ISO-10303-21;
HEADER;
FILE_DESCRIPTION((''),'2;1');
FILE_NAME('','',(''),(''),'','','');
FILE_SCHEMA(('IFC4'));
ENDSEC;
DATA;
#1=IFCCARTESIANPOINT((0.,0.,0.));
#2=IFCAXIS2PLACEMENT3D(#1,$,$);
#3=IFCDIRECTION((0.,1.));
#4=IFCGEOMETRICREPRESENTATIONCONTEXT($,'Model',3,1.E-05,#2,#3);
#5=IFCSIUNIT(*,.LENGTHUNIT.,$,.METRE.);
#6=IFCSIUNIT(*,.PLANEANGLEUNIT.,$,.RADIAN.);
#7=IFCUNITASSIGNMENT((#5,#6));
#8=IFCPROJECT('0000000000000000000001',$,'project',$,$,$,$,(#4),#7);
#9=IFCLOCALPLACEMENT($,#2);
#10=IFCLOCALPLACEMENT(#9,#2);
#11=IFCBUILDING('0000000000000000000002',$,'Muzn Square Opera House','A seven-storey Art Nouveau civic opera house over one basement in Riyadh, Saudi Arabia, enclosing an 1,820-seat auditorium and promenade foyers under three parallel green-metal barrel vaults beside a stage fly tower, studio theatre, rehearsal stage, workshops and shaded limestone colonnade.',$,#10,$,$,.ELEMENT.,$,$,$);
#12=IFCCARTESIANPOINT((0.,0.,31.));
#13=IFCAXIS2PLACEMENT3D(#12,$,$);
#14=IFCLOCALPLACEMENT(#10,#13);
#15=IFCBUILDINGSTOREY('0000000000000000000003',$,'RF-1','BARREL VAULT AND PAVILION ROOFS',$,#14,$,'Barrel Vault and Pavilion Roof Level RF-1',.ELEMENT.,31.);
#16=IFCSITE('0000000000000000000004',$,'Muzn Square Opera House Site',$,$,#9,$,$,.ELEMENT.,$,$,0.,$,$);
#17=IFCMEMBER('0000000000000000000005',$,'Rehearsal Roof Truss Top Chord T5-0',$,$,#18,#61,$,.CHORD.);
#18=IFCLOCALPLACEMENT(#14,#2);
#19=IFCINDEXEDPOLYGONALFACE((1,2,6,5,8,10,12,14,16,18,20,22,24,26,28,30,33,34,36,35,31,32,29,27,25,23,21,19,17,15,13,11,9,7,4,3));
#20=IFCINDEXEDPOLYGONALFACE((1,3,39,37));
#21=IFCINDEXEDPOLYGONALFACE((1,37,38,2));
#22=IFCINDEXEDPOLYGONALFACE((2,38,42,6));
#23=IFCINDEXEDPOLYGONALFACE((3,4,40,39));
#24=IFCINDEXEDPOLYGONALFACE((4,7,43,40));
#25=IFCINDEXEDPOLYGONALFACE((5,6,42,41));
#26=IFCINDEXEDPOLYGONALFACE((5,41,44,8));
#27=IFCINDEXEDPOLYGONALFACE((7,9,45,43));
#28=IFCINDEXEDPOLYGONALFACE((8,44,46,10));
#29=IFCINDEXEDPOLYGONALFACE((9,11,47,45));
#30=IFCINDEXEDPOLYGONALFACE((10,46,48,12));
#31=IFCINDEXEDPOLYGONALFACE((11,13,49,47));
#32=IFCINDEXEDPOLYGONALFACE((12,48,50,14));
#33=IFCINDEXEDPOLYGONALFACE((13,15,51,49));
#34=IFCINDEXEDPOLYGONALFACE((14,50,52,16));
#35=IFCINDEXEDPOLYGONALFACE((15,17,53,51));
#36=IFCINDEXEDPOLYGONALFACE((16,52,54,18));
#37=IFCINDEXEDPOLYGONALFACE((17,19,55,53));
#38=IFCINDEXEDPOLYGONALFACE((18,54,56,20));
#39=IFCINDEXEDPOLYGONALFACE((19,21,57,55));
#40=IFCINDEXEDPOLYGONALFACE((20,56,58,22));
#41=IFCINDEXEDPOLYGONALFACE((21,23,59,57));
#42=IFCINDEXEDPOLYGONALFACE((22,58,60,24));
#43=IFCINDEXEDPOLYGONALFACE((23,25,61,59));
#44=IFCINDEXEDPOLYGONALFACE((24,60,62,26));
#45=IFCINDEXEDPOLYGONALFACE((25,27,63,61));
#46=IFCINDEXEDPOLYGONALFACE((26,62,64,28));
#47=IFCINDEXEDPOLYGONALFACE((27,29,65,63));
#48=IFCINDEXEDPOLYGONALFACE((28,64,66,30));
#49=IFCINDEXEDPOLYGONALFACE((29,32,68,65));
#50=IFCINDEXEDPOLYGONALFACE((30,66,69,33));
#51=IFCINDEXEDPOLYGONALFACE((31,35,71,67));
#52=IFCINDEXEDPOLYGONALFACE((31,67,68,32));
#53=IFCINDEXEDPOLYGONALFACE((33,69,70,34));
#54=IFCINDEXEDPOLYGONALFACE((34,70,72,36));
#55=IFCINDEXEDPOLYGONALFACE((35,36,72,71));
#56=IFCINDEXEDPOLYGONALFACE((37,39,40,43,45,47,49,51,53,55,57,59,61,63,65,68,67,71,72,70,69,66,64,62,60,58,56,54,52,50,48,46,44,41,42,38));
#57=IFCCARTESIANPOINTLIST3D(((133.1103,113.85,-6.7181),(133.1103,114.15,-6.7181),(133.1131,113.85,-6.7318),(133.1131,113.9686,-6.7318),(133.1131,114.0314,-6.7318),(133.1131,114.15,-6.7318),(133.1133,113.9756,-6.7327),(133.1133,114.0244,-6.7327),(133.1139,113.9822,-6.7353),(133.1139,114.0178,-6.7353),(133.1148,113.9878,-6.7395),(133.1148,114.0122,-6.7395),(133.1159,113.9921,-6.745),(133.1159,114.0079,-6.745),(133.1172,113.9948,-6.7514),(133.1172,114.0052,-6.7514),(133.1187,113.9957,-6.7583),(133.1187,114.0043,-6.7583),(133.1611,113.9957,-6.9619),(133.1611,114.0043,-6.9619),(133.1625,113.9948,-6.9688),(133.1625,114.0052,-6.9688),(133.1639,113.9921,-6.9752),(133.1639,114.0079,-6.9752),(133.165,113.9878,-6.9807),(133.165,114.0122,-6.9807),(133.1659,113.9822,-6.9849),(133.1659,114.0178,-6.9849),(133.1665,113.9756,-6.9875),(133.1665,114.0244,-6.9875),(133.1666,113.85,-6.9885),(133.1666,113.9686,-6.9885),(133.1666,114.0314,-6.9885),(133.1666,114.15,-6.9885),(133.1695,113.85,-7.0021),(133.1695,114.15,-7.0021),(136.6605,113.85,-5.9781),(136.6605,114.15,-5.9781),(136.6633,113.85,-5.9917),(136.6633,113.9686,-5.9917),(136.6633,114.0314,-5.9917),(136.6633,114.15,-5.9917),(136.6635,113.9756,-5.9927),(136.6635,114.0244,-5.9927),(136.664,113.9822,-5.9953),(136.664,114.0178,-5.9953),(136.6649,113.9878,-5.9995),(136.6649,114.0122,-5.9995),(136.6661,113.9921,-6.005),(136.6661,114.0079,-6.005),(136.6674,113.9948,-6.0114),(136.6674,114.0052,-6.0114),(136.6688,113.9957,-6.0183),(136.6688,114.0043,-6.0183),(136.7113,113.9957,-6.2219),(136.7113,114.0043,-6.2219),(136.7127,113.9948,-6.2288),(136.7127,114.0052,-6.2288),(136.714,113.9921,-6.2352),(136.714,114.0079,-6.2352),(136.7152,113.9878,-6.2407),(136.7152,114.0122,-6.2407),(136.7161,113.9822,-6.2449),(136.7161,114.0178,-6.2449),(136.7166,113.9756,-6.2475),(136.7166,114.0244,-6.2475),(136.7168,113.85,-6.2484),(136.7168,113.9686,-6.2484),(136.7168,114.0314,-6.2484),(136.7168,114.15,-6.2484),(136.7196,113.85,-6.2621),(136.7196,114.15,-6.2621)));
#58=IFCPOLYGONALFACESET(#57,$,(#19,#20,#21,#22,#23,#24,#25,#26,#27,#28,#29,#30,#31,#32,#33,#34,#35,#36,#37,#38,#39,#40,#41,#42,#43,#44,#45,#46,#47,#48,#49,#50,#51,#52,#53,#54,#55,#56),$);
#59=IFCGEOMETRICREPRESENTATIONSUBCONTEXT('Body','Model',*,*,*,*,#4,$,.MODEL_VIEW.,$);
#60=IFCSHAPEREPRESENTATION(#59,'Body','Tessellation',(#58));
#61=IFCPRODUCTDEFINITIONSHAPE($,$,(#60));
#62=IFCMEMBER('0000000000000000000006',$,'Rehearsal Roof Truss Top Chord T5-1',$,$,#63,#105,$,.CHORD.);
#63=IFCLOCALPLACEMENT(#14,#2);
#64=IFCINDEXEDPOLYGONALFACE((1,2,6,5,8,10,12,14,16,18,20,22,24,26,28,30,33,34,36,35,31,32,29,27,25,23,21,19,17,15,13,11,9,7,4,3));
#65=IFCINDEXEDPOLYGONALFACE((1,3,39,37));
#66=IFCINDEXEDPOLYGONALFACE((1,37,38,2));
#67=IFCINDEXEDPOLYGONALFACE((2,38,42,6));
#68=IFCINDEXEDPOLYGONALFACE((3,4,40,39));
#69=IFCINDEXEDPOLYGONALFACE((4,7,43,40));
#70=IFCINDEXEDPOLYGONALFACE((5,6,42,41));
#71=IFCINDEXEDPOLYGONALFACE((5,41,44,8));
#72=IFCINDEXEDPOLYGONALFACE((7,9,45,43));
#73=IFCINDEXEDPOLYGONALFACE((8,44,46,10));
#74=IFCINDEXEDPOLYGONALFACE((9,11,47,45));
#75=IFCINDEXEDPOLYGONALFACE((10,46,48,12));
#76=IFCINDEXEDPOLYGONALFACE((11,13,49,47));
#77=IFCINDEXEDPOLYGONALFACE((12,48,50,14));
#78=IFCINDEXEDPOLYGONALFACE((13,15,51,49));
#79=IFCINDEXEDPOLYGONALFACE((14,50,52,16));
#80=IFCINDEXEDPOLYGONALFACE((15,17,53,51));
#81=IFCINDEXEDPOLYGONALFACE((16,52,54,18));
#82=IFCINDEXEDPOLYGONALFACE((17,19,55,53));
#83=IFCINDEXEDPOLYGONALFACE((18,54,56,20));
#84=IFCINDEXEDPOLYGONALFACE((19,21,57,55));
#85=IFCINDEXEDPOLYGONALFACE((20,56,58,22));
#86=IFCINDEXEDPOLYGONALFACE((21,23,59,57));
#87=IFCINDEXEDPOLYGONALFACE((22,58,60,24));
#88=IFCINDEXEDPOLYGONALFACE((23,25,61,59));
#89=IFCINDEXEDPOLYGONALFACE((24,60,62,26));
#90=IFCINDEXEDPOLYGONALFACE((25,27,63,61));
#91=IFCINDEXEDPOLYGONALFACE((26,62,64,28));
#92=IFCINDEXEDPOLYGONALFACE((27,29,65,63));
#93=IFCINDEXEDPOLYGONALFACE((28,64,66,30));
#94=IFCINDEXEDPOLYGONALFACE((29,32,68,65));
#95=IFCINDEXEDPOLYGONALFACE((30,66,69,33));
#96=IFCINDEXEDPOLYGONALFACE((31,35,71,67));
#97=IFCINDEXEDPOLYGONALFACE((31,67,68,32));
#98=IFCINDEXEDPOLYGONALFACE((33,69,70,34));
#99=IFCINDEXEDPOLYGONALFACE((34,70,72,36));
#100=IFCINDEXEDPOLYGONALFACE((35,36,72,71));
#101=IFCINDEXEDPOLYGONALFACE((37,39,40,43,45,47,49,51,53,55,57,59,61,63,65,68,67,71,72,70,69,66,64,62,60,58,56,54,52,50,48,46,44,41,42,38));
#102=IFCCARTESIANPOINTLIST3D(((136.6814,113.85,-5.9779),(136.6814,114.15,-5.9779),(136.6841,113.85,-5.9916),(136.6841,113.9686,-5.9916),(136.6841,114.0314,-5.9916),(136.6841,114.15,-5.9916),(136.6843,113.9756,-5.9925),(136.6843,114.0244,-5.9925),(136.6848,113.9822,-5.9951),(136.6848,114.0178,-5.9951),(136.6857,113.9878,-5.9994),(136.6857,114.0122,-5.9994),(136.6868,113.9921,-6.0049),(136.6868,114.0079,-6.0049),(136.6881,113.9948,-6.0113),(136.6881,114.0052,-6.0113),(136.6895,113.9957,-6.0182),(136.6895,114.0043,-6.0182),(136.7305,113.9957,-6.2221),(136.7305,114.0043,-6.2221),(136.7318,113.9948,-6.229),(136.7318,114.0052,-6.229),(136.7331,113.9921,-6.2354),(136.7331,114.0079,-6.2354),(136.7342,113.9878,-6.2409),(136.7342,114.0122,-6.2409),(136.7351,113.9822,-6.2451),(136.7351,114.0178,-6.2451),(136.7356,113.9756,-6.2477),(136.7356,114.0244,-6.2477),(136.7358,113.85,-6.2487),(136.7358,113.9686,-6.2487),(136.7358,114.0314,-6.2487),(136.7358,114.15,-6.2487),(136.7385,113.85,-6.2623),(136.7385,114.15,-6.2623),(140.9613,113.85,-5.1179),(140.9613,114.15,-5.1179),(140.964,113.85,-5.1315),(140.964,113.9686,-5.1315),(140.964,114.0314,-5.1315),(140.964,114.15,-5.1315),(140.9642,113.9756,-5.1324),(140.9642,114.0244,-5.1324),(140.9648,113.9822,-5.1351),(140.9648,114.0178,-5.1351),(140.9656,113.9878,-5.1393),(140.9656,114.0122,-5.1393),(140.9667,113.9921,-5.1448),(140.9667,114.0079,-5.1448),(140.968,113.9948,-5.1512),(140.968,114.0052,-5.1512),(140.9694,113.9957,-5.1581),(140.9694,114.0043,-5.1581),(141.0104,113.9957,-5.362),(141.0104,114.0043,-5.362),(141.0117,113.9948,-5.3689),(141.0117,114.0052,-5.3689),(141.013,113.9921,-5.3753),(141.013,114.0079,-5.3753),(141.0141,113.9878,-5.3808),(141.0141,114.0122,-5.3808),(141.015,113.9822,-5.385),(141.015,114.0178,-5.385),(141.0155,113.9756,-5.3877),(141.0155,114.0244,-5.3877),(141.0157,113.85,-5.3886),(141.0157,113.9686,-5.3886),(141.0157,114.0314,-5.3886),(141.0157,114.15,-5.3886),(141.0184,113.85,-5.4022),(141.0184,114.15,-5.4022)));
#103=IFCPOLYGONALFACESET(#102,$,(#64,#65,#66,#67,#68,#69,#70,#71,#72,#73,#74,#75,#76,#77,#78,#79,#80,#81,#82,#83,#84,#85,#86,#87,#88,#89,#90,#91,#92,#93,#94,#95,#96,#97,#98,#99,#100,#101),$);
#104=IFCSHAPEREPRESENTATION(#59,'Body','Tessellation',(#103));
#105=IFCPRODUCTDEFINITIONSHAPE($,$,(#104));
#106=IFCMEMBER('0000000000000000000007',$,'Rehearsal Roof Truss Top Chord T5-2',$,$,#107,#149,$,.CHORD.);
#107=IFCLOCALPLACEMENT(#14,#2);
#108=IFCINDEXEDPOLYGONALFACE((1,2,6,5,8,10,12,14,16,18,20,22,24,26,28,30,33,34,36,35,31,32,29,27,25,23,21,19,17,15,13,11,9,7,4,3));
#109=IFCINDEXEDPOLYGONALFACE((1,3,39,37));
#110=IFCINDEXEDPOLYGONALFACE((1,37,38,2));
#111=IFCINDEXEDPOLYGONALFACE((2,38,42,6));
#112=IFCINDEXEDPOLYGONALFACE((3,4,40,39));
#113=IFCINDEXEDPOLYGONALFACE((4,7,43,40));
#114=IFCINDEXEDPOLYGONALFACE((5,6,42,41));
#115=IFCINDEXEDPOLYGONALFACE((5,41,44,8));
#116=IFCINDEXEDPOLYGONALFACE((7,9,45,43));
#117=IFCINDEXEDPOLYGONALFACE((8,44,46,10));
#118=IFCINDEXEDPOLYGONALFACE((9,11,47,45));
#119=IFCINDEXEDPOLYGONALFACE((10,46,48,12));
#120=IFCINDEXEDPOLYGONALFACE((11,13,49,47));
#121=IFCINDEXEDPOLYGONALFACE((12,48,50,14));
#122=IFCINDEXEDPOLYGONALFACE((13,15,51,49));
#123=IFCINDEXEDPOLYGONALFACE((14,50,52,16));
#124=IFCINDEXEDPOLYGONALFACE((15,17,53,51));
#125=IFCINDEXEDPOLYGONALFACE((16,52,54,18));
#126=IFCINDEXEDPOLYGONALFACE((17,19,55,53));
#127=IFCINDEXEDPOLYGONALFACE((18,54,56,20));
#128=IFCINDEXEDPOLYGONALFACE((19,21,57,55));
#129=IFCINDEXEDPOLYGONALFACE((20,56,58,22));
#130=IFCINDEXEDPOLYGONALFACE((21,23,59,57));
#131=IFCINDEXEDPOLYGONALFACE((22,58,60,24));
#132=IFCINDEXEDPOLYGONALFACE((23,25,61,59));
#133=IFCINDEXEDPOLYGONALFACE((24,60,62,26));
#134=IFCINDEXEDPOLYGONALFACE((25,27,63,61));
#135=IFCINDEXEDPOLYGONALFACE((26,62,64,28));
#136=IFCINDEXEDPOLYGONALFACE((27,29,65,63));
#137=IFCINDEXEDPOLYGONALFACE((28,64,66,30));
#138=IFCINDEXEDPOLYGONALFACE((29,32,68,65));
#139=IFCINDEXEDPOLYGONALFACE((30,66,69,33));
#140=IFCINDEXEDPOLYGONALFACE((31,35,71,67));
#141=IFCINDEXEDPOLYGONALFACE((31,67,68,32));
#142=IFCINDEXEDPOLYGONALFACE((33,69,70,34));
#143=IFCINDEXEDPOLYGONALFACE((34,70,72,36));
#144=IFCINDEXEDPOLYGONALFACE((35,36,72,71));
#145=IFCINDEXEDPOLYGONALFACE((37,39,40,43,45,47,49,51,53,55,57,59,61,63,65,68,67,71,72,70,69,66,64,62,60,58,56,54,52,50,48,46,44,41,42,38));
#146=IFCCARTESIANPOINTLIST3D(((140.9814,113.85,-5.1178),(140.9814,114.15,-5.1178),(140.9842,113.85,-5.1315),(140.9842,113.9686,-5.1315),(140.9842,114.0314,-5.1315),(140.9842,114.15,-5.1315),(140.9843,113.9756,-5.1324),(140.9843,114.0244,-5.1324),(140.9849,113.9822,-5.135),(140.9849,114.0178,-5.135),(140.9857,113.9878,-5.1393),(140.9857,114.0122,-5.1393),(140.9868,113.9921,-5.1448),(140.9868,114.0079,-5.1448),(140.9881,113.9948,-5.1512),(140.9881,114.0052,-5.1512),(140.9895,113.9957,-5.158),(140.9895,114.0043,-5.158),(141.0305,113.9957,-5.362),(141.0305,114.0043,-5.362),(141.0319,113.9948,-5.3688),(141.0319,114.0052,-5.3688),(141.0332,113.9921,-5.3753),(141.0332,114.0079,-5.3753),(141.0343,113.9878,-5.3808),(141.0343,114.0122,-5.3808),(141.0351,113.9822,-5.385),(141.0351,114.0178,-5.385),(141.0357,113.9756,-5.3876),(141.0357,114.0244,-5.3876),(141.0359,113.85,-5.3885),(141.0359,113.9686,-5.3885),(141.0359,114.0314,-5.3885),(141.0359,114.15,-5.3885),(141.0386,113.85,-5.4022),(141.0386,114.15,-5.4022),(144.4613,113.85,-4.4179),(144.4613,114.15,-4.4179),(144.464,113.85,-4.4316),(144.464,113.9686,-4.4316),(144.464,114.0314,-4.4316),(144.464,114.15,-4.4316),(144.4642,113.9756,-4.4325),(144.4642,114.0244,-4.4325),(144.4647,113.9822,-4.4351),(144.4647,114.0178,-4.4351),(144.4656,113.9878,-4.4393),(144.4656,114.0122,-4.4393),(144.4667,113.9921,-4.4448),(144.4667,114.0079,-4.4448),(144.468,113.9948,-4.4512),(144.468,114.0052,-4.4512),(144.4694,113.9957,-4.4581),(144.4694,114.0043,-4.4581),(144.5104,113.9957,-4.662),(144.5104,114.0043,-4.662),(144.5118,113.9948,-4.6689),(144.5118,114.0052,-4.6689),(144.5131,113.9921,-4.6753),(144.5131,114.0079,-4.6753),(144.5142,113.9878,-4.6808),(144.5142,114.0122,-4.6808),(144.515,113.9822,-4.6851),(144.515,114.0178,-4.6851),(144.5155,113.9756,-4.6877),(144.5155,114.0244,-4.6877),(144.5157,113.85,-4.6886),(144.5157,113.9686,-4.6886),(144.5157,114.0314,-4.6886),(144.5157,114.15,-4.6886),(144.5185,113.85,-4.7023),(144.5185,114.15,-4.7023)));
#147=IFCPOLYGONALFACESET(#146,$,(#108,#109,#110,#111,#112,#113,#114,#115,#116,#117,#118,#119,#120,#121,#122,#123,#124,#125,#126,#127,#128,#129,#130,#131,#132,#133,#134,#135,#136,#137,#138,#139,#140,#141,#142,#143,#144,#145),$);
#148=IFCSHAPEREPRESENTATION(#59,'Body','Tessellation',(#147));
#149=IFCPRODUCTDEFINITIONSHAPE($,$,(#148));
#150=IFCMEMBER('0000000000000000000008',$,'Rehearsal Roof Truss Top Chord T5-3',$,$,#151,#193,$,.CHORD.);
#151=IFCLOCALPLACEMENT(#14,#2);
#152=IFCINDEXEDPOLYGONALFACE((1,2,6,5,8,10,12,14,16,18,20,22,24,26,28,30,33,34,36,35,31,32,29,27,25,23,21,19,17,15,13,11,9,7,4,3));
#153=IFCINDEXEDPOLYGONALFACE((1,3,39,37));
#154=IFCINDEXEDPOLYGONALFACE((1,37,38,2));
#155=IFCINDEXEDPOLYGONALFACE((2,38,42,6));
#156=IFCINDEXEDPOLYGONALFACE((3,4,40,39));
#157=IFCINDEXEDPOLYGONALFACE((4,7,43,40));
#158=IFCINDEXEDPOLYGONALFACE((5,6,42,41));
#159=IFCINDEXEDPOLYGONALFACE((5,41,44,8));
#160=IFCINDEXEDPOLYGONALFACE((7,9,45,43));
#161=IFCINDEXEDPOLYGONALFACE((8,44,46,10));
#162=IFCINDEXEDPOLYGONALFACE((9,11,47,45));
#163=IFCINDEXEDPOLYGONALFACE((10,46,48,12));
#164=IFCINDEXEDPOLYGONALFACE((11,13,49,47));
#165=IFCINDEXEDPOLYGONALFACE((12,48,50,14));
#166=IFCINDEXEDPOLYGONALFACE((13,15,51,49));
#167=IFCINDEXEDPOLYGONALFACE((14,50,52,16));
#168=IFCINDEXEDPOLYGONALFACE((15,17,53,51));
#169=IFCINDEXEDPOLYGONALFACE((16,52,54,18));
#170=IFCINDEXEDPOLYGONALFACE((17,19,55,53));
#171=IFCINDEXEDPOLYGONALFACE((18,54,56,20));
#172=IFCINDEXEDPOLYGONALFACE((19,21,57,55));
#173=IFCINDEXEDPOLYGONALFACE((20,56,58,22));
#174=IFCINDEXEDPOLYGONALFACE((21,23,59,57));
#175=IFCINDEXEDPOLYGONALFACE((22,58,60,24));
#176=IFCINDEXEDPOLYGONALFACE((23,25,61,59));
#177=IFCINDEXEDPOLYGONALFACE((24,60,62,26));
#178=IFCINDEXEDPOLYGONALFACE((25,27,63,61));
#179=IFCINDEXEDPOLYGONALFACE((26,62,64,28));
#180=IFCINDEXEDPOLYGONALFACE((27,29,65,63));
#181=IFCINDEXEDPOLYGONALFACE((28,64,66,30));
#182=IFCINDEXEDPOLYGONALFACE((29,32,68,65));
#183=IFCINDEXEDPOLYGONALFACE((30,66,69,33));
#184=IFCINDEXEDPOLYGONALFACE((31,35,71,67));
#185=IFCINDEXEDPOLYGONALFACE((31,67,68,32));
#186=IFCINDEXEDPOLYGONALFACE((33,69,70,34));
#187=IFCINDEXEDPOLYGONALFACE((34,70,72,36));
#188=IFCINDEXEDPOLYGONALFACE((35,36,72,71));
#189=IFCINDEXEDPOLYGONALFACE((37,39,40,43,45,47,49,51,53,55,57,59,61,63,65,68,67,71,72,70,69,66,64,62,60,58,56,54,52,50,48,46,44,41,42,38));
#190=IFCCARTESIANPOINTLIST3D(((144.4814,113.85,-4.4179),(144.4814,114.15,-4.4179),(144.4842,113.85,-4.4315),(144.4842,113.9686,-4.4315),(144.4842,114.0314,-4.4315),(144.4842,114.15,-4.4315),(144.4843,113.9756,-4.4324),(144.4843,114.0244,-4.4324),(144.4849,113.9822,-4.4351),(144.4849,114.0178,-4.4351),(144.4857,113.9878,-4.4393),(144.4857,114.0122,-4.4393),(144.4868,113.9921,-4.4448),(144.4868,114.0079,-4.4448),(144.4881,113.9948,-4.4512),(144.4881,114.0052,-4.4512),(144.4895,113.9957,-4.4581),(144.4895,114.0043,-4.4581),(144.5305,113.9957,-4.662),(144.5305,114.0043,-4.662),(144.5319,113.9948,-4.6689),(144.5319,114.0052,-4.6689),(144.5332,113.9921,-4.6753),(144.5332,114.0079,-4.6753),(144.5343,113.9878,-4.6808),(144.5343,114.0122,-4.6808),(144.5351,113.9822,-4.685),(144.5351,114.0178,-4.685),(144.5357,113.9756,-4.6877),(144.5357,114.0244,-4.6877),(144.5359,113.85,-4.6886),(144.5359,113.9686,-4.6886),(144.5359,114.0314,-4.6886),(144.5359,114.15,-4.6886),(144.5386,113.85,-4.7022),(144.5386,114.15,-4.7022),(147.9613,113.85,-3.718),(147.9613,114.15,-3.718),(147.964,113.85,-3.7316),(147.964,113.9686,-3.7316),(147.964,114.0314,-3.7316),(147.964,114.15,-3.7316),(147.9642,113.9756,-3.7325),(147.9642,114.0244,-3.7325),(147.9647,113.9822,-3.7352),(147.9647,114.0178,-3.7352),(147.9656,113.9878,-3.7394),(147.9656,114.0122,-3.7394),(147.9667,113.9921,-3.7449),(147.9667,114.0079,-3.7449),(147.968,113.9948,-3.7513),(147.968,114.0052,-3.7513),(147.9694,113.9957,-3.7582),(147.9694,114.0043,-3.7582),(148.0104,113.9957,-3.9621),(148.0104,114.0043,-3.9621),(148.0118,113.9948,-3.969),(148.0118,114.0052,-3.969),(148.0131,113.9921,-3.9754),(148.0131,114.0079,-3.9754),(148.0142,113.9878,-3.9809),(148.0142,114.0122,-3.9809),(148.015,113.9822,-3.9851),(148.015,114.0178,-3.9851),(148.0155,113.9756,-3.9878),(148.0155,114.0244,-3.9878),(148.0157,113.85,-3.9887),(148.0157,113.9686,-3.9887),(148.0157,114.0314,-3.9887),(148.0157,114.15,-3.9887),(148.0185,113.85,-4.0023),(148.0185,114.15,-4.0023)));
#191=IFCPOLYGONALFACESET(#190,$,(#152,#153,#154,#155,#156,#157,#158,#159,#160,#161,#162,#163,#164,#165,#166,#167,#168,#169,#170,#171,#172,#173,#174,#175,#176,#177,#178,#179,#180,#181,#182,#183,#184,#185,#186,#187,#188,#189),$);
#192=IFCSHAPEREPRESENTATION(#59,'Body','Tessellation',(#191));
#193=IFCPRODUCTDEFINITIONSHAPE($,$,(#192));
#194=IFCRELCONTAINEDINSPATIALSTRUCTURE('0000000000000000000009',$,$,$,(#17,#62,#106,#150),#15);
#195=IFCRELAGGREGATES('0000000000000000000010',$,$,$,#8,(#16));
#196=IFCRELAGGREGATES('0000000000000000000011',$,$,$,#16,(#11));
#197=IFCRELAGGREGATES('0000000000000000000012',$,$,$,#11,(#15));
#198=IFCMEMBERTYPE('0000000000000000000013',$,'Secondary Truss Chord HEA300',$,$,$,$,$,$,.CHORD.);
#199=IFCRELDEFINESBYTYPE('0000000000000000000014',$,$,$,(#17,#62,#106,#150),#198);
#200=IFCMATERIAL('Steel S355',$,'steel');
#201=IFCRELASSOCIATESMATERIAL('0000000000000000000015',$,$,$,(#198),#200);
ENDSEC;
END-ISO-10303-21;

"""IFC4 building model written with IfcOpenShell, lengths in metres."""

from ifc_helpers import new_model, si_unit, direction, frame, origin, origin_2d, place, context, subcontext, project, spatial, i_section, extrude, material, material_profile, profile_set, type_object, element, save


model = new_model("IFC4")

# Units and contexts
model_context = context("Model", 3, precision=1e-05, world=origin(), true_north=direction((0.0, 1.0)))
body_context = subcontext(model_context, "Body", "Model", "MODEL_VIEW")
ifc_project = project(units=[si_unit("LENGTHUNIT", "METRE"), si_unit("PLANEANGLEUNIT", "RADIAN")], contexts=[model_context])

# Site, building, storey
site_placement = place(None, origin())
site = spatial("IfcSite", under=ifc_project, at=site_placement, Name="Muzn Square Opera House Site", CompositionType="ELEMENT", RefElevation=0.0)
building_placement = place(site_placement, origin())
building = spatial("IfcBuilding", under=site, at=building_placement, Name="Muzn Square Opera House", Description="A seven-storey Art Nouveau civic opera house over one basement in Riyadh, Saudi Arabia, enclosing an 1,820-seat auditorium and promenade foyers under three parallel green-metal barrel vaults beside a stage fly tower, studio theatre, rehearsal stage, workshops and shaded limestone colonnade.", CompositionType="ELEMENT")
storey_placement = place(building_placement, frame((0.0, 0.0, 31.0)))
storey = spatial("IfcBuildingStorey", under=building, at=storey_placement, Name="RF-1", Description="BARREL VAULT AND PAVILION ROOFS", LongName="Barrel Vault and Pavilion Roof Level RF-1", CompositionType="ELEMENT", Elevation=31.0)

# Shared definitions
ifc_material = material(Name="Steel S355", Category="steel")

# Members
ifc_material_profile_1 = material_profile(ifc_material, i_section(OverallWidth=0.3, OverallDepth=0.29, WebThickness=0.0085, FlangeThickness=0.0139, FilletRadius=0.0271, at=origin_2d()), Name="HEA 300", Category="steel")
ifc_profile_set_1 = profile_set([ifc_material_profile_1], Name="Steel S355")
member_type_1 = type_object("IfcMemberType", Name="Secondary Truss Chord HEA300", PredefinedType="CHORD", material=ifc_profile_set_1)
member_1_placement = place(storey_placement, frame((133.1399, 114.0, -6.8601), z_axis=(0.978959, 0.0, 0.204059), x_axis=(0.0, 1.0, 0.0)))
element("IfcMember", 1, at=member_1_placement, inside=storey, type_object=member_type_1, Name="Rehearsal Roof Truss Top Chord T5-0", PredefinedType="CHORD", context=body_context, shape_type="SweptSolid", body=[
    extrude(i_section(OverallWidth=0.3, OverallDepth=0.29, WebThickness=0.0085, FlangeThickness=0.0139, FilletRadius=0.0271, at=origin_2d()), origin(), (0.0, 0.0, 1.0), 3.6265),
])
member_2_placement = place(storey_placement, frame((136.71, 114.0, -6.1201), z_axis=(0.9804, 0.0, 0.197019), x_axis=(0.0, 1.0, 0.0)))
element("IfcMember", 2, at=member_2_placement, inside=storey, type_object=member_type_1, Name="Rehearsal Roof Truss Top Chord T5-1", PredefinedType="CHORD", context=body_context, shape_type="SweptSolid", body=[
    extrude(i_section(OverallWidth=0.3, OverallDepth=0.29, WebThickness=0.0085, FlangeThickness=0.0139, FilletRadius=0.0271, at=origin_2d()), origin(), (0.0, 0.0, 1.0), 4.3655),
])
for number, where, z_axis, x_axis, name in (
    (3, (141.01, 114.0, -5.26), (0.980366, 0.0, 0.197187), (0.0, 1.0, 0.0), "Rehearsal Roof Truss Top Chord T5-2"),
    (4, (144.51, 114.0, -4.5601), (0.980366, 0.0, 0.197187), (0.0, 1.0, 0.0), "Rehearsal Roof Truss Top Chord T5-3"),
):
    element("IfcMember", number, at=place(storey_placement, frame(where, z_axis=z_axis, x_axis=x_axis)), inside=storey, type_object=member_type_1, Name=name, PredefinedType="CHORD", context=body_context, shape_type="SweptSolid", body=[
        extrude(i_section(OverallWidth=0.3, OverallDepth=0.29, WebThickness=0.0085, FlangeThickness=0.0139, FilletRadius=0.0271, at=origin_2d()), origin(), (0.0, 0.0, 1.0), 3.5496),
    ])

save(model, "model.ifc")
